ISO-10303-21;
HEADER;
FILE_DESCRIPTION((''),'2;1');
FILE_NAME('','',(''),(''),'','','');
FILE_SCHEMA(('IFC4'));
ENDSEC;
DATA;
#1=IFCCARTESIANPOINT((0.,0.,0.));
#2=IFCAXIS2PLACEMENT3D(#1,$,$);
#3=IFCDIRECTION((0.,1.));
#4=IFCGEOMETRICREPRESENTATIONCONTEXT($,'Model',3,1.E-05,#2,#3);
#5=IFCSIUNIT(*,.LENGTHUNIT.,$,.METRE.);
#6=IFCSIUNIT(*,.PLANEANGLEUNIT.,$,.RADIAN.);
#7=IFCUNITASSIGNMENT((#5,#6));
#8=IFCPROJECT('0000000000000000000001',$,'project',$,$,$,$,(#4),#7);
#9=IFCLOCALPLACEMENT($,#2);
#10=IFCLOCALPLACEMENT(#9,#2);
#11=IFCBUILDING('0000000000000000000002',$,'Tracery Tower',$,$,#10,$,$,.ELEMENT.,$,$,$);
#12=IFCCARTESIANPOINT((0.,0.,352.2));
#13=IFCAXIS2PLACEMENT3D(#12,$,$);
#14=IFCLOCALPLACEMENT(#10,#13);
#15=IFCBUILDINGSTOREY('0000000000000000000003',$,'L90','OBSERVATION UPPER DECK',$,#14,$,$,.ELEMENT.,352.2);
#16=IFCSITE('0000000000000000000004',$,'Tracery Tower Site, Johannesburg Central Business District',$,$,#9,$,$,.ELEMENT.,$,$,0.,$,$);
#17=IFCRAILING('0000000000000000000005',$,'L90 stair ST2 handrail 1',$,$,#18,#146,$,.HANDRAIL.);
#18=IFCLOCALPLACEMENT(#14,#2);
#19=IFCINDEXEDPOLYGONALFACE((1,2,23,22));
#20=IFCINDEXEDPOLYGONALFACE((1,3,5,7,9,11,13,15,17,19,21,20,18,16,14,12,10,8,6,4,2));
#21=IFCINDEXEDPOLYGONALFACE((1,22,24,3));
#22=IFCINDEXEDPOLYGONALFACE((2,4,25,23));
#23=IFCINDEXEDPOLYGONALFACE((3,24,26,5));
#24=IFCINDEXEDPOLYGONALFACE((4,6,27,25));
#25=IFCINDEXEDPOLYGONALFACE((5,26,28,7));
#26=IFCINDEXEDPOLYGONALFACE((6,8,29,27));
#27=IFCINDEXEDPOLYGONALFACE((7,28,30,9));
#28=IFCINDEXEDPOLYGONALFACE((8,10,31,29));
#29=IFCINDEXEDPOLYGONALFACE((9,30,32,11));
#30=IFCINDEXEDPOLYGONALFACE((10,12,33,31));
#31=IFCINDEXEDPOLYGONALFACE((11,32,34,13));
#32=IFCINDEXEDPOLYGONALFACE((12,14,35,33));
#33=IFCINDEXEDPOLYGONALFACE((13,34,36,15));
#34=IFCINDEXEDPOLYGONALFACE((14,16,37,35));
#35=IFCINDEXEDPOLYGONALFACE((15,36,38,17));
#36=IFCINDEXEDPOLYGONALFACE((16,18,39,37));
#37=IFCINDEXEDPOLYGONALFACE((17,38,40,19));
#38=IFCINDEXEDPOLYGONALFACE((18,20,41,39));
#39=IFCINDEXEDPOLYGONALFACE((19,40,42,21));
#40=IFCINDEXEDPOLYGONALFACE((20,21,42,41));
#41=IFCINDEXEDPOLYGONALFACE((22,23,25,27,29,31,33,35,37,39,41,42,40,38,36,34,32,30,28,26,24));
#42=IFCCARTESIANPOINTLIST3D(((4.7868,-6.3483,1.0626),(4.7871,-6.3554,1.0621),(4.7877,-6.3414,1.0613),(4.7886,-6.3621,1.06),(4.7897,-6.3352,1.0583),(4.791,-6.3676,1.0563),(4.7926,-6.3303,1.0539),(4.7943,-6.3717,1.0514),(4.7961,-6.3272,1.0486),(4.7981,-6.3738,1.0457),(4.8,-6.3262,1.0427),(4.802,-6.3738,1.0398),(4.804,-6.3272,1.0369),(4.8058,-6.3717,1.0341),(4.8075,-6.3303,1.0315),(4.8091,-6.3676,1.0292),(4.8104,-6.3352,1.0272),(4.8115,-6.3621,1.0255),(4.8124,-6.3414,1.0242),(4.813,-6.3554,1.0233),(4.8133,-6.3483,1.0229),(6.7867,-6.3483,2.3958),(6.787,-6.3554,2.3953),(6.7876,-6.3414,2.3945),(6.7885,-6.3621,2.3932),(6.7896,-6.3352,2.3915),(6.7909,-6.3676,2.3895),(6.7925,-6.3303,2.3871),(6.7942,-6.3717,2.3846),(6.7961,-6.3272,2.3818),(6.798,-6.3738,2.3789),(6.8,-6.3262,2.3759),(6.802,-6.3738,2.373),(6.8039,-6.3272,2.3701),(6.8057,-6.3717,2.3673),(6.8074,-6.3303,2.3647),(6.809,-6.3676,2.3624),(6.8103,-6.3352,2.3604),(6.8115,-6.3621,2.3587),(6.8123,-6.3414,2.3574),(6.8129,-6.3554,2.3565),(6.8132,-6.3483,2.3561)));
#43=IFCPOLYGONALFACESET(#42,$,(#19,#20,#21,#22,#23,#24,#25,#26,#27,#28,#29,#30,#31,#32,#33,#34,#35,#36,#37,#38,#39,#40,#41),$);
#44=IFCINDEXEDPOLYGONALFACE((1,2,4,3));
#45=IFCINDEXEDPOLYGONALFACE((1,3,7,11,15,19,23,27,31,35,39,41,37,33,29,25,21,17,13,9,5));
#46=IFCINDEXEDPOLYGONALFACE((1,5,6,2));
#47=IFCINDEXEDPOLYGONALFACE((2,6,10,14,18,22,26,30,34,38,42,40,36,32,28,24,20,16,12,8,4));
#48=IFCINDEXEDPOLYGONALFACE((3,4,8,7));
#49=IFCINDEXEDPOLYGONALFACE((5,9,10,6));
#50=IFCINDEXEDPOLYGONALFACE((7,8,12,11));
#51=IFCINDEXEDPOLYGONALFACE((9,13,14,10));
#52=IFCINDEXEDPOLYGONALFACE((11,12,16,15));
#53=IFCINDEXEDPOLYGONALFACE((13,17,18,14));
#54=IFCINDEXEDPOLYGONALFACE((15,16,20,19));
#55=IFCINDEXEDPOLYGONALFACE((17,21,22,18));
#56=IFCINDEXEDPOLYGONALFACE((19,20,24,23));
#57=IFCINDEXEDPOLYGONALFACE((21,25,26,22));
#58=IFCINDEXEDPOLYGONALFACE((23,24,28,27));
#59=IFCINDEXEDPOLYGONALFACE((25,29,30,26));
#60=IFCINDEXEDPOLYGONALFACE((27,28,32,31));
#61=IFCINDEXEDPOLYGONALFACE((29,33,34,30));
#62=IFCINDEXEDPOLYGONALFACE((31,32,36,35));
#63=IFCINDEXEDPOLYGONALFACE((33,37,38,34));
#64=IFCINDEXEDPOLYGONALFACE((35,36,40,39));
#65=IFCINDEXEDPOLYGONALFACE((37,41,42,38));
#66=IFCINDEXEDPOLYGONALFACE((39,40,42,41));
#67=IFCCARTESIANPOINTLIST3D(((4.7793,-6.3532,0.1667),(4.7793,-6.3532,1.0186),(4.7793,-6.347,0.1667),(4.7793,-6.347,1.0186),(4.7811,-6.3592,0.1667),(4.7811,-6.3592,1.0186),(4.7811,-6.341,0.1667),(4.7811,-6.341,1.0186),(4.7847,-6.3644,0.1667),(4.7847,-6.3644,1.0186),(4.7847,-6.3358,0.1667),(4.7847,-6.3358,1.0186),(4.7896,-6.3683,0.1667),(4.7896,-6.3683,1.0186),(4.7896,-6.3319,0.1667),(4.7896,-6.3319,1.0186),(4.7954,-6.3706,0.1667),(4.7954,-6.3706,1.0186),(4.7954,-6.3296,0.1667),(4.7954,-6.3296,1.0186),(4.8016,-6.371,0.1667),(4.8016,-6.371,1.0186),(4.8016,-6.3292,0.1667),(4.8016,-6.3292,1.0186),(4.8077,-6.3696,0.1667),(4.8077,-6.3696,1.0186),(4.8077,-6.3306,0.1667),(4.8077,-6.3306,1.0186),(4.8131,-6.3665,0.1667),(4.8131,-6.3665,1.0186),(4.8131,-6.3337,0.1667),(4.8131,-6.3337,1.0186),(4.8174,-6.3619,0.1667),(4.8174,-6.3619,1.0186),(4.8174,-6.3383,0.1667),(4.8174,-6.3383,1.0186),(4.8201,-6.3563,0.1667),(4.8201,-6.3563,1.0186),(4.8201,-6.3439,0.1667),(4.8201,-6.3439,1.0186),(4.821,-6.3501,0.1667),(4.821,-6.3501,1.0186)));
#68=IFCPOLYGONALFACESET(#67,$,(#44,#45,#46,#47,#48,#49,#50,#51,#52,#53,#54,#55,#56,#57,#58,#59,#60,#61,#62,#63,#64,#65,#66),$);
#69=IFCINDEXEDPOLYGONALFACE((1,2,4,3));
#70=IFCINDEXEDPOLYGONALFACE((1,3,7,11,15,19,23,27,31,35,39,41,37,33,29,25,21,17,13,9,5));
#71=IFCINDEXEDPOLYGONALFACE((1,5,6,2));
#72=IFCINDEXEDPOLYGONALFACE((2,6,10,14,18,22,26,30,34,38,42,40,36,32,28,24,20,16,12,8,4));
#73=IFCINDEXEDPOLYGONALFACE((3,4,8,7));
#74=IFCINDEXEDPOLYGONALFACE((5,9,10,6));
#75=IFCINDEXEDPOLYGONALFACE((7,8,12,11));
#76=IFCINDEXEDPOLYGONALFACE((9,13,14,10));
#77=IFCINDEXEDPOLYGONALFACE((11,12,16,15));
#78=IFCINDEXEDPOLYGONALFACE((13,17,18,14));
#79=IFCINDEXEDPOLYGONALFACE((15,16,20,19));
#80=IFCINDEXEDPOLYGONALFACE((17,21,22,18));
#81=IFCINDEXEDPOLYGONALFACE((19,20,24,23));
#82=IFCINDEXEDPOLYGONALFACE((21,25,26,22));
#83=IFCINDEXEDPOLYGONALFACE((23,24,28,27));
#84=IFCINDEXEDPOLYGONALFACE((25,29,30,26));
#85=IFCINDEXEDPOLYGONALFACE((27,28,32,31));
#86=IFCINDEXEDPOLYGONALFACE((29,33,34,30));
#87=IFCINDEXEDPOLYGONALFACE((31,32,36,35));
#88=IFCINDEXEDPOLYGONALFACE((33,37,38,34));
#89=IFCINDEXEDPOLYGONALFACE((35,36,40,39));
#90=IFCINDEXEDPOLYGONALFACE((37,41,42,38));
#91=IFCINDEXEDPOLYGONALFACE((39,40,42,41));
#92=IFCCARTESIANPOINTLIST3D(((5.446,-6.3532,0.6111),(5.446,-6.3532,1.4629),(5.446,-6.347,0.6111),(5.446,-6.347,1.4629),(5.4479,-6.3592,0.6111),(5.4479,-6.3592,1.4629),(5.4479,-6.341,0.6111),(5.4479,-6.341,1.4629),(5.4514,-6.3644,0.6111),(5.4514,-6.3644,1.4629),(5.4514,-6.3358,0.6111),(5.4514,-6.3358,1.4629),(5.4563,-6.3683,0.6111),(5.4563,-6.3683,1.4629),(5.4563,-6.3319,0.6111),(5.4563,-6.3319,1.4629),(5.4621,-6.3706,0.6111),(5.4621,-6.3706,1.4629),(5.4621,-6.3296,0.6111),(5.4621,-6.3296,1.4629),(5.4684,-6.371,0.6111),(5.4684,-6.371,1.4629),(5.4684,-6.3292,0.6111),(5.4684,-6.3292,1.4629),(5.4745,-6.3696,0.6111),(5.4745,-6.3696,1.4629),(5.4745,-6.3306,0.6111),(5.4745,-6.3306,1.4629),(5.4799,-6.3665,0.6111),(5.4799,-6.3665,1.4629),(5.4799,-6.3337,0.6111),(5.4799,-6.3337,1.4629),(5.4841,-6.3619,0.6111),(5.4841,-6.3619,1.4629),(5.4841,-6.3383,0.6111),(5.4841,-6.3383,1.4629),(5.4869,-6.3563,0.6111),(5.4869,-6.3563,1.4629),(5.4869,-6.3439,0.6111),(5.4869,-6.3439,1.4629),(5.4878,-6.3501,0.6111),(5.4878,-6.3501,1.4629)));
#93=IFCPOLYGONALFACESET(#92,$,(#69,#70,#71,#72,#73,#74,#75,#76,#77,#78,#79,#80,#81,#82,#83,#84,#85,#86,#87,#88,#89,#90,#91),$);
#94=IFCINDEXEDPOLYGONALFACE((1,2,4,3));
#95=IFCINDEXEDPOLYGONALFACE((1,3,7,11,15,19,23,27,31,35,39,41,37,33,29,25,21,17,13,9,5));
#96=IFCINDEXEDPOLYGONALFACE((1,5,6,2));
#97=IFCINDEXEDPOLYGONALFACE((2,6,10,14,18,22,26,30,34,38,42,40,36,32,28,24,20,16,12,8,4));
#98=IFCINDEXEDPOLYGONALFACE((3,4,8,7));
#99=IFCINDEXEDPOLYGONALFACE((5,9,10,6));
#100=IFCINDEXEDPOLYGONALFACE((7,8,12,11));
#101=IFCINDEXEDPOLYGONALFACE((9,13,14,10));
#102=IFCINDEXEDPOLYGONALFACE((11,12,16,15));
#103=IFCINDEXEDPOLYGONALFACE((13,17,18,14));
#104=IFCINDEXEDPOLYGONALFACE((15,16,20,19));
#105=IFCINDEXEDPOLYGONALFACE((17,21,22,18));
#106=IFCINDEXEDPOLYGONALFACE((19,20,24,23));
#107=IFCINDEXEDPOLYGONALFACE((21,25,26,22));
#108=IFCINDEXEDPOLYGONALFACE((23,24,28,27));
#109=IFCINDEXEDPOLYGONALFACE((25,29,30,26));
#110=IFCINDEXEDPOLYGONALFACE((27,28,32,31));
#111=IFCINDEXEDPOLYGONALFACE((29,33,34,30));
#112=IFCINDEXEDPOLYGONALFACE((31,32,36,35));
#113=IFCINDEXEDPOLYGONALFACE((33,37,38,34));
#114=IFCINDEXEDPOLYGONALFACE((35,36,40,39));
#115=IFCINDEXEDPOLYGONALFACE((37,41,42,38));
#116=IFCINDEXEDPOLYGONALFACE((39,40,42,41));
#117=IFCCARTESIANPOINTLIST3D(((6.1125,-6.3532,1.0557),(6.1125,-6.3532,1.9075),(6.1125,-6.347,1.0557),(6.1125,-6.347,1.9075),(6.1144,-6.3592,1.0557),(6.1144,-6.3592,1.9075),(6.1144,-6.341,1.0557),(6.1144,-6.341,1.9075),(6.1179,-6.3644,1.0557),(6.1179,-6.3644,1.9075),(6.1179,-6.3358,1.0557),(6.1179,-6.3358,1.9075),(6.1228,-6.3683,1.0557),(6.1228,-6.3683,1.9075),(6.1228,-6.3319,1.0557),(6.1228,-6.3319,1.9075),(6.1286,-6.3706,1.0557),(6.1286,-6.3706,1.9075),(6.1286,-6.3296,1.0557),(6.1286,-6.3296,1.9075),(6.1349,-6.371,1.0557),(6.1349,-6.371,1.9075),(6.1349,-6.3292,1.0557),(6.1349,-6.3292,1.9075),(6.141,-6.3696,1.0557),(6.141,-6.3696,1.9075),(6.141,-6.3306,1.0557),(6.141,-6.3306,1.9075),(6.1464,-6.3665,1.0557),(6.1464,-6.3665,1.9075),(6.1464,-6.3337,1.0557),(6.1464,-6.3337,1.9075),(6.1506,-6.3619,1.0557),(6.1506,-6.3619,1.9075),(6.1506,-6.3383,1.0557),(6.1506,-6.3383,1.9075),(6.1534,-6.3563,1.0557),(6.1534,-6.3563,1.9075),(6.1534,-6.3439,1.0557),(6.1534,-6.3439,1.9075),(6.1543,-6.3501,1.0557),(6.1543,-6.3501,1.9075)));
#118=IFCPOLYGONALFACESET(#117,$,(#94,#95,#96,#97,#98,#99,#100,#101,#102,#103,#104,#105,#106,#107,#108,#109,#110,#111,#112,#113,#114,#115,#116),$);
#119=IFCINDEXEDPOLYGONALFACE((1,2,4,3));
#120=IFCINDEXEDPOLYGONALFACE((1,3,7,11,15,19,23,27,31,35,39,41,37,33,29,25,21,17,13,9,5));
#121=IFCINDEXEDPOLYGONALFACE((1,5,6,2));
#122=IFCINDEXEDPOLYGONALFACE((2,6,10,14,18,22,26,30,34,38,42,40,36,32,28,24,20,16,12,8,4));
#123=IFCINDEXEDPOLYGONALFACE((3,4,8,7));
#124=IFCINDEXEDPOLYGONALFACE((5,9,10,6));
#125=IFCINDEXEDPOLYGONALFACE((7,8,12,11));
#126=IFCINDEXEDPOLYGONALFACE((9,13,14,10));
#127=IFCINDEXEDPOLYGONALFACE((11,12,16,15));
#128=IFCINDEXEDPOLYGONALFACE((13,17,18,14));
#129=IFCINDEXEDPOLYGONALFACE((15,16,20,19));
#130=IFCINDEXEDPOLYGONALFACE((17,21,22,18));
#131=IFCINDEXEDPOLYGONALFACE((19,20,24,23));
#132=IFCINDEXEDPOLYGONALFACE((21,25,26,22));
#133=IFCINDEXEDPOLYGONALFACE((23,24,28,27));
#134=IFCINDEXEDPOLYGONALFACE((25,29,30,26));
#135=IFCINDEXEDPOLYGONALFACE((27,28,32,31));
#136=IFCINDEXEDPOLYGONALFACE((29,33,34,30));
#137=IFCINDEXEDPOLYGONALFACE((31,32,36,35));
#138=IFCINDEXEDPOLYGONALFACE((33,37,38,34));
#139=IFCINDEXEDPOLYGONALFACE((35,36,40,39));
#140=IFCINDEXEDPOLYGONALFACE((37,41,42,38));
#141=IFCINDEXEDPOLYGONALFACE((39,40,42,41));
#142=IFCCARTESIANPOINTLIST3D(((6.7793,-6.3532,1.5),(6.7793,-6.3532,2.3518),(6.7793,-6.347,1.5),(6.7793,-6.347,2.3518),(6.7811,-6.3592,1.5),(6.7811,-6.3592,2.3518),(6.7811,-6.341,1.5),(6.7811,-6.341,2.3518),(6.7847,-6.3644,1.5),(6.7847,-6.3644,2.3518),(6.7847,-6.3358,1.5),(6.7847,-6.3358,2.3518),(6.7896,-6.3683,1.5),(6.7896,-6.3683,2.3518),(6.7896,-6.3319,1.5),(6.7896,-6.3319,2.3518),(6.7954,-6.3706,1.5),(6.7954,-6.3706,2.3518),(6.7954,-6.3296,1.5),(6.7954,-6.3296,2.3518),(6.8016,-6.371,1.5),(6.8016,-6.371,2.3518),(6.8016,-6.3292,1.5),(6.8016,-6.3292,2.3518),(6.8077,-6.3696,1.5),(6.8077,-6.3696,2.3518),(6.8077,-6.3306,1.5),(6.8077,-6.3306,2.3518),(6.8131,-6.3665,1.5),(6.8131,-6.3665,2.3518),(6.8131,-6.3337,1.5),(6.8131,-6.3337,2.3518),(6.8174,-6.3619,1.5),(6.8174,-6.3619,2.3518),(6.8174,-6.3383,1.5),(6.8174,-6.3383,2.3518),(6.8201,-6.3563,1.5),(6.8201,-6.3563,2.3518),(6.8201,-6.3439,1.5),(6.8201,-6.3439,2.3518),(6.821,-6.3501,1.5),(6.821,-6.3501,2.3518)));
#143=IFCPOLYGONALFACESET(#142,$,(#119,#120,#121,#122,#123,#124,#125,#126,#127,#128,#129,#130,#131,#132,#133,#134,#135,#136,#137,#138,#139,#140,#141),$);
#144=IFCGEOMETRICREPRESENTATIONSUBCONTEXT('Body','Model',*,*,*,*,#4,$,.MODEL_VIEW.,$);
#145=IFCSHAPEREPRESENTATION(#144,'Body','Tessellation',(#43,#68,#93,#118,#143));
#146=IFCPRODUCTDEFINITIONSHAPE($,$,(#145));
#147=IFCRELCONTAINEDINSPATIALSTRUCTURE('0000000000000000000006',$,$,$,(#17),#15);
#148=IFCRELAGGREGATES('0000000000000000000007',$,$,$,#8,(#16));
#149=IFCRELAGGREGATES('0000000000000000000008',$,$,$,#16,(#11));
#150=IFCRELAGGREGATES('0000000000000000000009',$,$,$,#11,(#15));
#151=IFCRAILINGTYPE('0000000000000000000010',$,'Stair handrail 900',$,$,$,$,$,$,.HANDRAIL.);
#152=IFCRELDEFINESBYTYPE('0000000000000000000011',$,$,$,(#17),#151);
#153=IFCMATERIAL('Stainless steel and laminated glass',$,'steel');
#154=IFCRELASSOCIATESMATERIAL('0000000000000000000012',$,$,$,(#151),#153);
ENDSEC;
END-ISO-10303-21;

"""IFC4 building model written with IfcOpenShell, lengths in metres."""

from ifc_helpers import new_model, si_unit, direction, frame, origin, origin_2d, place, context, subcontext, project, spatial, circle, extrude, material, type_object, element, save


model = new_model("IFC4")

# Units and contexts
model_context = context("Model", 3, precision=1e-05, world=origin(), true_north=direction((0.0, 1.0)))
body_context = subcontext(model_context, "Body", "Model", "MODEL_VIEW")
ifc_project = project(units=[si_unit("LENGTHUNIT", "METRE"), si_unit("PLANEANGLEUNIT", "RADIAN")], contexts=[model_context])

# Site, building, storey
site_placement = place(None, origin())
site = spatial("IfcSite", under=ifc_project, at=site_placement, Name="Tracery Tower Site, Johannesburg Central Business District", CompositionType="ELEMENT", RefElevation=0.0)
building_placement = place(site_placement, origin())
building = spatial("IfcBuilding", under=site, at=building_placement, Name="Tracery Tower", CompositionType="ELEMENT")
storey_placement = place(building_placement, frame((0.0, 0.0, 352.2)))
storey = spatial("IfcBuildingStorey", under=building, at=storey_placement, Name="L90", Description="OBSERVATION UPPER DECK", CompositionType="ELEMENT", Elevation=352.2)

# Railing
ifc_material_1 = material(Name="Stainless steel and laminated glass", Category="steel")
railing_type_1 = type_object("IfcRailingType", Name="Stair handrail 900", PredefinedType="HANDRAIL", material=ifc_material_1)
railing_1_placement = place(storey_placement, frame((4.8, -6.3501, 0.1667)))
element("IfcRailing", 1, at=railing_1_placement, inside=storey, type_object=railing_type_1, Name="L90 stair ST2 handrail 1", PredefinedType="HANDRAIL", context=body_context, shape_type="SweptSolid", body=[
    extrude(circle(Radius=0.0239, at=origin_2d()), frame((0.0, 0.0, 0.876), z_axis=(0.832066, 0.0, 0.554677), x_axis=(0.0, 1.0, 0.0)), (0.0, 0.0, 1.0), 2.4036),
    extrude(circle(Radius=0.021, at=origin_2d()), origin(), (0.0, 0.0, 1.0), 0.8518),
    extrude(circle(Radius=0.021, at=origin_2d()), frame((0.6667, 0.0, 0.4443)), (0.0, 0.0, 1.0), 0.8518),
    extrude(circle(Radius=0.021, at=origin_2d()), frame((1.3333, 0.0, 0.8889)), (0.0, 0.0, 1.0), 0.8518),
    extrude(circle(Radius=0.021, at=origin_2d()), frame((2.0, 0.0, 1.3333)), (0.0, 0.0, 1.0), 0.8518),
])

save(model, "model.ifc")
